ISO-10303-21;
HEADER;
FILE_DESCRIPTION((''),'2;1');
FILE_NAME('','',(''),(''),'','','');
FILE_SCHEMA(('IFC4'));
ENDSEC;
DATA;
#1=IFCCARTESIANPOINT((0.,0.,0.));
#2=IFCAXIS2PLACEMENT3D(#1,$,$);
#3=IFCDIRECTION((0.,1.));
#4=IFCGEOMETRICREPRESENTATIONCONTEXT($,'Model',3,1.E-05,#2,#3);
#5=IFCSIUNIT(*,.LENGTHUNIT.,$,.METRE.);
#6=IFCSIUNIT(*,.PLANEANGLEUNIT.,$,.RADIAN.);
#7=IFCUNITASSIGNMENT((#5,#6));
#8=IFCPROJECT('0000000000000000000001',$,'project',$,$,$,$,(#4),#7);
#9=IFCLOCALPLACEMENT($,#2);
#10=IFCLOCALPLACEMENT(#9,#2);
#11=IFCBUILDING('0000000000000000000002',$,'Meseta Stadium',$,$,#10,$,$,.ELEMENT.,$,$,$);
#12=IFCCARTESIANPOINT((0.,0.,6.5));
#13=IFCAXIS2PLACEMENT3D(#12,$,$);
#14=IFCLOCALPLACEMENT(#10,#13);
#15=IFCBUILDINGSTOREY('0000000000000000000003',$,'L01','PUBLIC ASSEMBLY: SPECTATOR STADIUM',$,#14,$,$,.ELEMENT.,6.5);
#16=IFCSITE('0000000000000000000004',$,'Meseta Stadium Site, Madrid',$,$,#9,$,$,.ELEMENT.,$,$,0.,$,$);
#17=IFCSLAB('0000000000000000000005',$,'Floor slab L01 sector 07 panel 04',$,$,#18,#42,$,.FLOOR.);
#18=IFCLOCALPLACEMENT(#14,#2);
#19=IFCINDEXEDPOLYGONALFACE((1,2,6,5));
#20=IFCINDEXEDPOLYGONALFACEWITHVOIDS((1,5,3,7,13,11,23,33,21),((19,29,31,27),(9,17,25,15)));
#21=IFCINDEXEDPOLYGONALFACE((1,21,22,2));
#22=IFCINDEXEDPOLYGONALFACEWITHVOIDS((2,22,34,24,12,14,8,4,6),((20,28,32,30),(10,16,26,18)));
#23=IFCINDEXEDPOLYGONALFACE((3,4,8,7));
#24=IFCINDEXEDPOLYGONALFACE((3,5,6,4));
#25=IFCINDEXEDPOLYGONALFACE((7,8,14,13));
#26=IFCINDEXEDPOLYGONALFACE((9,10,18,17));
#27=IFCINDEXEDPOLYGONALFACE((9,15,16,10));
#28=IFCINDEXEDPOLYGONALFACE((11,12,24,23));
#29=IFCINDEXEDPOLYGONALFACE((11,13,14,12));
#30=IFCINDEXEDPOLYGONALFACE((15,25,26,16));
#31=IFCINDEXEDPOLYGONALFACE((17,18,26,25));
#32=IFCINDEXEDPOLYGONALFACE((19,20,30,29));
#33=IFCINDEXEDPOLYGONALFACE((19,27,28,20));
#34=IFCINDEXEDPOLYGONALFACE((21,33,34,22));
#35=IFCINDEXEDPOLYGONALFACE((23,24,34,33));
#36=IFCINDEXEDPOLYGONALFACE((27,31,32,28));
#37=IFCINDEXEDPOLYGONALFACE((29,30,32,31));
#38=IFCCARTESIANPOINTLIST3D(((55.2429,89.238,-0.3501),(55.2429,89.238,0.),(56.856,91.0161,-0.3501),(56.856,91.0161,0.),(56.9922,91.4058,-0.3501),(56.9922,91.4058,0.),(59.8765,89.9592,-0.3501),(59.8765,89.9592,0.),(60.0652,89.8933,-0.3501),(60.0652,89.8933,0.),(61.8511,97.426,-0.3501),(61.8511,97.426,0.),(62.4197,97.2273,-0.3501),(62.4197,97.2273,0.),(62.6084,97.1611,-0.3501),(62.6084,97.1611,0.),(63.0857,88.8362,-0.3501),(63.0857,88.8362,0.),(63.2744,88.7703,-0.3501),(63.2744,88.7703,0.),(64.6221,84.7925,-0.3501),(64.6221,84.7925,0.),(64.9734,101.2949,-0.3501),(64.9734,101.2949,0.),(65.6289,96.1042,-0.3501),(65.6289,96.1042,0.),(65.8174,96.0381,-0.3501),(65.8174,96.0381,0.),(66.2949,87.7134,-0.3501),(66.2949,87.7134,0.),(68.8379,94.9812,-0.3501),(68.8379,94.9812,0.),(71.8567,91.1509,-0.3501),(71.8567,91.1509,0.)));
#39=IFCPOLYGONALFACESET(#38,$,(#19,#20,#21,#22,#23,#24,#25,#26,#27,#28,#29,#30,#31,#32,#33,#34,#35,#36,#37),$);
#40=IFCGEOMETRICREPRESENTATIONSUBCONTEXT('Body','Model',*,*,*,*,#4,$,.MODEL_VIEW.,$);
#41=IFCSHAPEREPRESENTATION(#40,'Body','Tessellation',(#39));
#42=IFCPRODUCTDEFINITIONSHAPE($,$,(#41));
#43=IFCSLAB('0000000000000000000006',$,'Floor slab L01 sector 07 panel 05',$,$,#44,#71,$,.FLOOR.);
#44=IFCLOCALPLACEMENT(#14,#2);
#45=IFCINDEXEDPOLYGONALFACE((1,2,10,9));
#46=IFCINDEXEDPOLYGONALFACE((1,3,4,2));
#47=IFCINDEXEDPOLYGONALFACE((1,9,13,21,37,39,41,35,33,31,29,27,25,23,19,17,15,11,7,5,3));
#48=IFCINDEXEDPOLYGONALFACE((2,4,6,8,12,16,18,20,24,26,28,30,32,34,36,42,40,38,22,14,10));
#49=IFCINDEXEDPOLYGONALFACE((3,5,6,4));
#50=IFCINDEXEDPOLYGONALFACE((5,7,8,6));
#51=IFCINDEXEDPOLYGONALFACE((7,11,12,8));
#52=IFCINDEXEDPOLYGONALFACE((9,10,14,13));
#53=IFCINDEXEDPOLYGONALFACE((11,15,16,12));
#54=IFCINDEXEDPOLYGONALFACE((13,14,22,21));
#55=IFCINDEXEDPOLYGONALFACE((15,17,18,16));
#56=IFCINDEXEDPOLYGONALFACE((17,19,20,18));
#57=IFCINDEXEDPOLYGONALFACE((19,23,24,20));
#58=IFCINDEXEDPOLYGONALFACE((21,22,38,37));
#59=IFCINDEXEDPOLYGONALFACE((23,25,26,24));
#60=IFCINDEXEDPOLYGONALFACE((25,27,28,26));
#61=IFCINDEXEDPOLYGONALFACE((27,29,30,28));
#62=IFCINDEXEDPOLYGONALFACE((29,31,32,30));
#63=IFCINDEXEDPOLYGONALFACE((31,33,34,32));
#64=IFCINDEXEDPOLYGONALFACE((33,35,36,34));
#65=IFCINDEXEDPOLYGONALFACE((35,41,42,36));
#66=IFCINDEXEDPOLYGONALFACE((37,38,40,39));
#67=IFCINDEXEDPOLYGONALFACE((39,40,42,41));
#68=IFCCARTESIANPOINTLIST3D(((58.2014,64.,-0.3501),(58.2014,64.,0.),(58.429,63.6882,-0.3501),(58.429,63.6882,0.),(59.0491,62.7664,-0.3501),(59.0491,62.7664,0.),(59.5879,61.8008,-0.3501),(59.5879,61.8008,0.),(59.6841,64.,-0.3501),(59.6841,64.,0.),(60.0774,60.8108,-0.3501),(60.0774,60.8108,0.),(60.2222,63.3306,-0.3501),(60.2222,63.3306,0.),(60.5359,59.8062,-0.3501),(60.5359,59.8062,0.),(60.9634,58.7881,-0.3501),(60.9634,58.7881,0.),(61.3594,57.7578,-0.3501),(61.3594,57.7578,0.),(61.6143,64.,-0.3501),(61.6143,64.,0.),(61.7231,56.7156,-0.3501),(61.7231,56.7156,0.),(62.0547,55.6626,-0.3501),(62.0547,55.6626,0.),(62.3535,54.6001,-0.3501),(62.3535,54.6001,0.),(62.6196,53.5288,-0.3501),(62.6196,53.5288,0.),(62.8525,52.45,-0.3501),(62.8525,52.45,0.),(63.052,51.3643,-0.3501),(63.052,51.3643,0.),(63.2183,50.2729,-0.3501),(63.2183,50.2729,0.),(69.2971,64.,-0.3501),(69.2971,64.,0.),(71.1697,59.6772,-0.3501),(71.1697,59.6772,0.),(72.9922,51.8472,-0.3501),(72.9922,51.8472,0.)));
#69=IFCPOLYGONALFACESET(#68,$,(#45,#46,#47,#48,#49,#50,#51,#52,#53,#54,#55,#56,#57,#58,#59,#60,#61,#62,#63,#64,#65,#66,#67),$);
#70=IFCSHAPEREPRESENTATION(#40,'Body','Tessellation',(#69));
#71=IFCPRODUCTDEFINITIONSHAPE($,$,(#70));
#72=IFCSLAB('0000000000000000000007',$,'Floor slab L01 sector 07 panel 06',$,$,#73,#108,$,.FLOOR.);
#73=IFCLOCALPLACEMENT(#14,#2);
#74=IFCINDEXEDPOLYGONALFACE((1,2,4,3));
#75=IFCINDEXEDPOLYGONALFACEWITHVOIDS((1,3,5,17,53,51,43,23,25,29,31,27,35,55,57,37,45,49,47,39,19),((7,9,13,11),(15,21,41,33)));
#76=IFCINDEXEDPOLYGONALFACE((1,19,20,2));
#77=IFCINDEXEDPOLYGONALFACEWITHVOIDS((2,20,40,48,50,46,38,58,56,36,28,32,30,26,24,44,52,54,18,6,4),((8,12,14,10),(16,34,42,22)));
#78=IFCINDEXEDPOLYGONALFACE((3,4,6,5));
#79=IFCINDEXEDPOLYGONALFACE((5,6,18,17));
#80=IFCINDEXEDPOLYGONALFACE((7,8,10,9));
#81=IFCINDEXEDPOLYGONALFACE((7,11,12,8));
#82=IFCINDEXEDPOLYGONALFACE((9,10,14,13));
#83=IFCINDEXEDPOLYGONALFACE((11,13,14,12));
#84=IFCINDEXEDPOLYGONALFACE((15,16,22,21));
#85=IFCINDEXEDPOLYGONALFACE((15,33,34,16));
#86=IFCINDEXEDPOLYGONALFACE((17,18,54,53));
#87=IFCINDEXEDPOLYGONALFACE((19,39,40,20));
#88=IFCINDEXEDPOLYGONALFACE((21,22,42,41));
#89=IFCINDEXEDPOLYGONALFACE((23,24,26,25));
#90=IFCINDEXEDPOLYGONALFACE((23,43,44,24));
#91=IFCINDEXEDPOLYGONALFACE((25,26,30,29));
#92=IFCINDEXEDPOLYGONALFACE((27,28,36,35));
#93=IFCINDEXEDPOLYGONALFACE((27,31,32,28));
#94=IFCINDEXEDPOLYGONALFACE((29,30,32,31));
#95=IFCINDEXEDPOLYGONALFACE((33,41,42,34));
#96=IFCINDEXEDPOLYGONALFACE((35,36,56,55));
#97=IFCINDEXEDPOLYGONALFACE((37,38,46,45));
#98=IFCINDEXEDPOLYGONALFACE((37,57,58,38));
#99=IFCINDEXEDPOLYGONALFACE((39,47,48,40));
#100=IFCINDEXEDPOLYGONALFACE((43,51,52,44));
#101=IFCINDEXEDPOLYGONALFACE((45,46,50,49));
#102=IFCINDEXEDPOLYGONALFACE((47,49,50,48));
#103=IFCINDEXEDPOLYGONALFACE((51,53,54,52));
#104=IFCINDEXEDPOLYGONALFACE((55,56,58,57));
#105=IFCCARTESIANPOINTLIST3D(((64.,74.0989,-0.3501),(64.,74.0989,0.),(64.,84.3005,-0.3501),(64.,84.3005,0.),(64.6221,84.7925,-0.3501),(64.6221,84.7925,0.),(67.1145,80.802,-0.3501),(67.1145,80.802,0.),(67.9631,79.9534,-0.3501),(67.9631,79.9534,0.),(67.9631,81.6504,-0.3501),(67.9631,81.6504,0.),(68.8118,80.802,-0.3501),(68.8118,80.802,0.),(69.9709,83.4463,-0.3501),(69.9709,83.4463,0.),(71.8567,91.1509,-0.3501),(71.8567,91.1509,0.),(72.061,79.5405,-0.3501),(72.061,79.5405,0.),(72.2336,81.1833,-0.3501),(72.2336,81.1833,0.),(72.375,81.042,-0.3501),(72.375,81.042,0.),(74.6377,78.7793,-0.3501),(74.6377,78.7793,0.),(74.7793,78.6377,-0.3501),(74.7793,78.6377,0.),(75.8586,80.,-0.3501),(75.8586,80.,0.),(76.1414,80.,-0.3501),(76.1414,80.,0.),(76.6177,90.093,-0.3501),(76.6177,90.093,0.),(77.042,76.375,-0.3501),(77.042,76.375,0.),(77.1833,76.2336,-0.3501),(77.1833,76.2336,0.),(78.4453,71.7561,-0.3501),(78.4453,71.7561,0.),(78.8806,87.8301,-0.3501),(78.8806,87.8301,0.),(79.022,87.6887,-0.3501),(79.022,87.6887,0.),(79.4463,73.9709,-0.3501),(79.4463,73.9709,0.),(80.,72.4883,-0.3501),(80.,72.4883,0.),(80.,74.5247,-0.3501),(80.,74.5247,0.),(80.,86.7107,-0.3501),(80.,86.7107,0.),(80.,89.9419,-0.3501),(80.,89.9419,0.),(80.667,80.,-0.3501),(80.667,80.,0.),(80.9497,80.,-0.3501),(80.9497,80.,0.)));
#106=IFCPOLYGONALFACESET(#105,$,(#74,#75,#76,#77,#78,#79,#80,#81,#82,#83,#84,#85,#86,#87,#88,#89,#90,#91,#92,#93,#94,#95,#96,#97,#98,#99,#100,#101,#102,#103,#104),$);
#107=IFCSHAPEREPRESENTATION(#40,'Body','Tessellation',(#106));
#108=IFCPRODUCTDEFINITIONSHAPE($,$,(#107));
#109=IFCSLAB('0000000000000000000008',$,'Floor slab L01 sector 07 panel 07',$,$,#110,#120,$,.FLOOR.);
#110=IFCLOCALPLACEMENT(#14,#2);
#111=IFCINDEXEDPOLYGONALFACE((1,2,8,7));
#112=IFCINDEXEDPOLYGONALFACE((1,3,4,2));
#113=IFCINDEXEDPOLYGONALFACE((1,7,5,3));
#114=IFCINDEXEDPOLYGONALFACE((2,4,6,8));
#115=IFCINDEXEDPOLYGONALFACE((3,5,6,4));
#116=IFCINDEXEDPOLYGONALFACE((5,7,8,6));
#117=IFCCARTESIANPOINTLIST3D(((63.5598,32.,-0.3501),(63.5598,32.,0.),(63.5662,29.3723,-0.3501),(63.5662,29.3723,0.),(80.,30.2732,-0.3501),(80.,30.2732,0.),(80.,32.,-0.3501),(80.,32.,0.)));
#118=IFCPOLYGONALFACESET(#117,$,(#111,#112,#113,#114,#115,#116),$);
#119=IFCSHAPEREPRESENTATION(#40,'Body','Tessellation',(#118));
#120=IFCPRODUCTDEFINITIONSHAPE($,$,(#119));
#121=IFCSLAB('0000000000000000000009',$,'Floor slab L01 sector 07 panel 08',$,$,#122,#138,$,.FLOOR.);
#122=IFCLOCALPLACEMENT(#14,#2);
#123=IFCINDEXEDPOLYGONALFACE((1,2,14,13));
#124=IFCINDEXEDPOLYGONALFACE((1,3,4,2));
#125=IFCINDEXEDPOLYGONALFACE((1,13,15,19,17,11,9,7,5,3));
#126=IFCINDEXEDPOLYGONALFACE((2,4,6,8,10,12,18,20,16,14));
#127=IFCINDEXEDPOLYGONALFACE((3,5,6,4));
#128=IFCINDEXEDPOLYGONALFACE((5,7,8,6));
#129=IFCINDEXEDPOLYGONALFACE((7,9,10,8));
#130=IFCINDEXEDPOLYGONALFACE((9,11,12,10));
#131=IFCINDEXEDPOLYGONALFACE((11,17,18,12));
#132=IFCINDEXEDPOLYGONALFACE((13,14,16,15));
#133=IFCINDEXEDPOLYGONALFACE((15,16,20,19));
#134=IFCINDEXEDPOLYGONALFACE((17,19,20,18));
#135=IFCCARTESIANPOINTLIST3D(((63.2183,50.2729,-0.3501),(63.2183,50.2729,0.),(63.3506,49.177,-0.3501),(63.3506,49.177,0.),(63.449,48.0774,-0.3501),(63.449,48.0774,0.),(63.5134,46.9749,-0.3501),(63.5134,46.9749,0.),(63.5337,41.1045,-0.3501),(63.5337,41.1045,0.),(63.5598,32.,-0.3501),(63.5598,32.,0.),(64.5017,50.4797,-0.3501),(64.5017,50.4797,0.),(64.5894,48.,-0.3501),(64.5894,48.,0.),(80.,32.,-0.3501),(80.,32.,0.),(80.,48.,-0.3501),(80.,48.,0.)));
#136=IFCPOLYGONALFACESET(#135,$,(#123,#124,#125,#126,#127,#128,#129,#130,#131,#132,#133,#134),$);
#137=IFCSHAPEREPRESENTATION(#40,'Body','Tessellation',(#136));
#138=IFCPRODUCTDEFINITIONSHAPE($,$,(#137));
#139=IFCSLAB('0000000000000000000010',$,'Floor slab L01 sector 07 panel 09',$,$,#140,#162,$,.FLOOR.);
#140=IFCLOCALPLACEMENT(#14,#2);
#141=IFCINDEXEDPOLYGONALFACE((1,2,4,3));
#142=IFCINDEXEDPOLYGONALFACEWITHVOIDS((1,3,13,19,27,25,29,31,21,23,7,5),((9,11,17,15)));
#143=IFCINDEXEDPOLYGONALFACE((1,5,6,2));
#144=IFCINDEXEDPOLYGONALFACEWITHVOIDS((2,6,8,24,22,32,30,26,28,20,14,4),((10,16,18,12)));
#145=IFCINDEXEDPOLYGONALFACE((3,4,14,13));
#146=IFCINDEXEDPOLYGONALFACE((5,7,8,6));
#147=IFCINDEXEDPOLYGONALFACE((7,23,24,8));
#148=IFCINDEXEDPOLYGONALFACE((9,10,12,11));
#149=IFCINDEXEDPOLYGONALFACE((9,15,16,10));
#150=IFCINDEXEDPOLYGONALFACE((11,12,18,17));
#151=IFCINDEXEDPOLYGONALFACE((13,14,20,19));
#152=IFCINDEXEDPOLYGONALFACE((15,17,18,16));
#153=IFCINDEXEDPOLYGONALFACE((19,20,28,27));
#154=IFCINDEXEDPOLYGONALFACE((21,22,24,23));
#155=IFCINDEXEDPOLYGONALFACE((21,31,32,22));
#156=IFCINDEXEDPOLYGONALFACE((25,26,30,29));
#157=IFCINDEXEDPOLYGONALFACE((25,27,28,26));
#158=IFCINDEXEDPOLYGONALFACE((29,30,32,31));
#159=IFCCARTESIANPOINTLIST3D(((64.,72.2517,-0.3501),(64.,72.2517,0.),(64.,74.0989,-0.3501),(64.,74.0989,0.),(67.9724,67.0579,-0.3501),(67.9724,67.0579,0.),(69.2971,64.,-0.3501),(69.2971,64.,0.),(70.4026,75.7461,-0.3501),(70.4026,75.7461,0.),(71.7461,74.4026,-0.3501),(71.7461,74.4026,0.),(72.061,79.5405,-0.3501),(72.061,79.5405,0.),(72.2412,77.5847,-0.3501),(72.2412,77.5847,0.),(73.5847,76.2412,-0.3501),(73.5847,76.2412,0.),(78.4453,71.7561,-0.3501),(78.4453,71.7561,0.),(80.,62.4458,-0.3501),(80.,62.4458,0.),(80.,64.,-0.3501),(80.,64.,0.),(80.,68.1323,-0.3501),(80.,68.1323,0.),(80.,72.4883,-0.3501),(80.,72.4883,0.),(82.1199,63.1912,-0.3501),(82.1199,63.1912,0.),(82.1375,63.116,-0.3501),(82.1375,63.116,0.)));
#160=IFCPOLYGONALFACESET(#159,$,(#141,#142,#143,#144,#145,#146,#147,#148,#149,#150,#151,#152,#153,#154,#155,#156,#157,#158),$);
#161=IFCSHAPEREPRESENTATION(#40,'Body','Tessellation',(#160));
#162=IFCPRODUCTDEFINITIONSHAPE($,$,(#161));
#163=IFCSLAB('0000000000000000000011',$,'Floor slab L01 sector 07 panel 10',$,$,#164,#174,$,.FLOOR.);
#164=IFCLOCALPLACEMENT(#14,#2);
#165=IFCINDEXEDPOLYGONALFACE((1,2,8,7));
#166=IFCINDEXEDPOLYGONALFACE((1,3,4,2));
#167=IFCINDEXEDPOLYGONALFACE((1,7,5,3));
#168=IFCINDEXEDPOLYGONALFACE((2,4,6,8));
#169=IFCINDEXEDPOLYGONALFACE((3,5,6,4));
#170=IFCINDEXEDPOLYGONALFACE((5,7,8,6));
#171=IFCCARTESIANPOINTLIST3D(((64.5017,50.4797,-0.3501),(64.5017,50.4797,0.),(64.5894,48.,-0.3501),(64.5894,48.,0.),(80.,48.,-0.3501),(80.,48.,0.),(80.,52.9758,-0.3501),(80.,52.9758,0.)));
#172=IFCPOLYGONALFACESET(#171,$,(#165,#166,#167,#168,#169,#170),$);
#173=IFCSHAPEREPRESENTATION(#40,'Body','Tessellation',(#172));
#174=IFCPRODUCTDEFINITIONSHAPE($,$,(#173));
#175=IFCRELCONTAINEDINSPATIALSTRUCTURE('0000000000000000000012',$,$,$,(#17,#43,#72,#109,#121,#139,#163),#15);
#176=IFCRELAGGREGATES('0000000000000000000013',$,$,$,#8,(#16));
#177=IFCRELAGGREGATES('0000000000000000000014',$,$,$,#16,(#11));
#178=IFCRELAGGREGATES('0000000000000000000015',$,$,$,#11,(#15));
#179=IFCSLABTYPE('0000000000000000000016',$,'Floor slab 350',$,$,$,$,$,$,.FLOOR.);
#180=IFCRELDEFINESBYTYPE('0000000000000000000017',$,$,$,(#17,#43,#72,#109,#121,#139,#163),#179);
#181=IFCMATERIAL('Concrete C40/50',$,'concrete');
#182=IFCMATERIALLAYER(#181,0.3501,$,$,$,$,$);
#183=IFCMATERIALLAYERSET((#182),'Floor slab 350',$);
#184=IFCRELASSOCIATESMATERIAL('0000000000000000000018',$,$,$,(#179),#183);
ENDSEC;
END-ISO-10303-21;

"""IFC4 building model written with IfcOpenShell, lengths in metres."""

from ifc_helpers import new_model, si_unit, direction, frame, origin, place, context, subcontext, project, spatial, polyline, outline, extrude, material, layer, layer_set, type_object, element, save


model = new_model("IFC4")

# Units and contexts
model_context = context("Model", 3, precision=1e-05, world=origin(), true_north=direction((0.0, 1.0)))
body_context = subcontext(model_context, "Body", "Model", "MODEL_VIEW")
ifc_project = project(units=[si_unit("LENGTHUNIT", "METRE"), si_unit("PLANEANGLEUNIT", "RADIAN")], contexts=[model_context])

# Site, building, storey
site_placement = place(None, origin())
site = spatial("IfcSite", under=ifc_project, at=site_placement, Name="Meseta Stadium Site, Madrid", CompositionType="ELEMENT", RefElevation=0.0)
building_placement = place(site_placement, origin())
building = spatial("IfcBuilding", under=site, at=building_placement, Name="Meseta Stadium", CompositionType="ELEMENT")
storey_placement = place(building_placement, frame((0.0, 0.0, 6.5)))
storey = spatial("IfcBuildingStorey", under=building, at=storey_placement, Name="L01", Description="PUBLIC ASSEMBLY: SPECTATOR STADIUM", CompositionType="ELEMENT", Elevation=6.5)

# Slabs
ifc_material = material(Name="Concrete C40/50", Category="concrete")
ifc_layer = layer(ifc_material, 0.3501)
ifc_layer_set = layer_set([ifc_layer], Name="Floor slab 350")
slab_type = type_object("IfcSlabType", Name="Floor slab 350", PredefinedType="FLOOR", material=ifc_layer_set)
slab_1_placement = place(storey_placement, frame((0.0, 0.0, -0.3501)))
element("IfcSlab", 1, at=slab_1_placement, inside=storey, type_object=slab_type, Name="Floor slab L01 sector 07 panel 04", PredefinedType="FLOOR", context=body_context, shape_type="SweptSolid", body=[
    extrude(outline(polyline([(55.2429, 89.238), (64.6221, 84.7925), (71.8567, 91.1509), (64.9734, 101.2949), (61.8511, 97.426), (62.4197, 97.2273), (59.8765, 89.9592), (56.856, 91.0161), (56.9922, 91.4058), (55.2429, 89.238)]), holes=[polyline([(62.6084, 97.1611), (65.6289, 96.1042), (63.0857, 88.8362), (60.0652, 89.8933), (62.6084, 97.1611)]), polyline([(65.8174, 96.0381), (68.8379, 94.9812), (66.2949, 87.7134), (63.2744, 88.7703), (65.8174, 96.0381)])]), origin(), (0.0, 0.0, 1.0), 0.3501),
])
slab_2_placement = place(storey_placement, frame((0.0, 0.0, -0.3501)))
element("IfcSlab", 2, at=slab_2_placement, inside=storey, type_object=slab_type, Name="Floor slab L01 sector 07 panel 05", PredefinedType="FLOOR", context=body_context, shape_type="SweptSolid", body=[
    extrude(outline(polyline([(61.6143, 64.0), (60.2222, 63.3306), (59.6841, 64.0), (58.2014, 64.0), (58.429, 63.6882), (59.0491, 62.7664), (59.5879, 61.8008), (60.0774, 60.8108), (60.5359, 59.8062), (60.9634, 58.7881), (61.3594, 57.7578), (61.7231, 56.7156), (62.0547, 55.6626), (62.3535, 54.6001), (62.6196, 53.5288), (62.8525, 52.45), (63.052, 51.3643), (63.2183, 50.2729), (72.9922, 51.8472), (71.1697, 59.6772), (69.2971, 64.0), (61.6143, 64.0)])), origin(), (0.0, 0.0, 1.0), 0.3501),
])
slab_3_placement = place(storey_placement, frame((0.0, 0.0, -0.3501)))
element("IfcSlab", 3, at=slab_3_placement, inside=storey, type_object=slab_type, Name="Floor slab L01 sector 07 panel 06", PredefinedType="FLOOR", context=body_context, shape_type="SweptSolid", body=[
    extrude(outline(polyline([(77.1833, 76.2336), (80.9497, 80.0), (80.667, 80.0), (77.042, 76.375), (74.7793, 78.6377), (76.1414, 80.0), (75.8586, 80.0), (74.6377, 78.7793), (72.375, 81.042), (79.022, 87.6887), (80.0, 86.7107), (80.0, 89.9419), (71.8567, 91.1509), (64.6221, 84.7925), (64.0, 84.3005), (64.0, 74.0989), (72.061, 79.5405), (78.4453, 71.7561), (80.0, 72.4883), (80.0, 74.5247), (79.4463, 73.9709), (77.1833, 76.2336)]), holes=[polyline([(67.9631, 81.6504), (68.8118, 80.802), (67.9631, 79.9534), (67.1145, 80.802), (67.9631, 81.6504)]), polyline([(78.8806, 87.8301), (72.2336, 81.1833), (69.9709, 83.4463), (76.6177, 90.093), (78.8806, 87.8301)])]), origin(), (0.0, 0.0, 1.0), 0.3501),
])
slab_4_placement = place(storey_placement, frame((0.0, 0.0, -0.3501)))
element("IfcSlab", 4, at=slab_4_placement, inside=storey, type_object=slab_type, Name="Floor slab L01 sector 07 panel 07", PredefinedType="FLOOR", context=body_context, shape_type="SweptSolid", body=[
    extrude(outline(polyline([(80.0, 30.2732), (80.0, 32.0), (63.5598, 32.0), (63.5662, 29.3723), (80.0, 30.2732)])), origin(), (0.0, 0.0, 1.0), 0.3501),
])
slab_5_placement = place(storey_placement, frame((0.0, 0.0, -0.3501)))
element("IfcSlab", 5, at=slab_5_placement, inside=storey, type_object=slab_type, Name="Floor slab L01 sector 07 panel 08", PredefinedType="FLOOR", context=body_context, shape_type="SweptSolid", body=[
    extrude(outline(polyline([(64.5017, 50.4797), (63.2183, 50.2729), (63.3506, 49.177), (63.449, 48.0774), (63.5134, 46.9749), (63.5337, 41.1045), (63.5598, 32.0), (80.0, 32.0), (80.0, 48.0), (64.5894, 48.0), (64.5017, 50.4797)])), origin(), (0.0, 0.0, 1.0), 0.3501),
])
slab_6_placement = place(storey_placement, frame((0.0, 0.0, -0.3501)))
element("IfcSlab", 6, at=slab_6_placement, inside=storey, type_object=slab_type, Name="Floor slab L01 sector 07 panel 09", PredefinedType="FLOOR", context=body_context, shape_type="SweptSolid", body=[
    extrude(outline(polyline([(69.2971, 64.0), (80.0, 64.0), (80.0, 62.4458), (82.1375, 63.116), (82.1199, 63.1912), (80.0, 68.1323), (80.0, 72.4883), (78.4453, 71.7561), (72.061, 79.5405), (64.0, 74.0989), (64.0, 72.2517), (67.9724, 67.0579), (69.2971, 64.0)]), holes=[polyline([(71.7461, 74.4026), (70.4026, 75.7461), (72.2412, 77.5847), (73.5847, 76.2412), (71.7461, 74.4026)])]), origin(), (0.0, 0.0, 1.0), 0.3501),
])
slab_7_placement = place(storey_placement, frame((0.0, 0.0, -0.3501)))
element("IfcSlab", 7, at=slab_7_placement, inside=storey, type_object=slab_type, Name="Floor slab L01 sector 07 panel 10", PredefinedType="FLOOR", context=body_context, shape_type="SweptSolid", body=[
    extrude(outline(polyline([(64.5017, 50.4797), (64.5894, 48.0), (80.0, 48.0), (80.0, 52.9758), (64.5017, 50.4797)])), origin(), (0.0, 0.0, 1.0), 0.3501),
])

save(model, "model.ifc")
